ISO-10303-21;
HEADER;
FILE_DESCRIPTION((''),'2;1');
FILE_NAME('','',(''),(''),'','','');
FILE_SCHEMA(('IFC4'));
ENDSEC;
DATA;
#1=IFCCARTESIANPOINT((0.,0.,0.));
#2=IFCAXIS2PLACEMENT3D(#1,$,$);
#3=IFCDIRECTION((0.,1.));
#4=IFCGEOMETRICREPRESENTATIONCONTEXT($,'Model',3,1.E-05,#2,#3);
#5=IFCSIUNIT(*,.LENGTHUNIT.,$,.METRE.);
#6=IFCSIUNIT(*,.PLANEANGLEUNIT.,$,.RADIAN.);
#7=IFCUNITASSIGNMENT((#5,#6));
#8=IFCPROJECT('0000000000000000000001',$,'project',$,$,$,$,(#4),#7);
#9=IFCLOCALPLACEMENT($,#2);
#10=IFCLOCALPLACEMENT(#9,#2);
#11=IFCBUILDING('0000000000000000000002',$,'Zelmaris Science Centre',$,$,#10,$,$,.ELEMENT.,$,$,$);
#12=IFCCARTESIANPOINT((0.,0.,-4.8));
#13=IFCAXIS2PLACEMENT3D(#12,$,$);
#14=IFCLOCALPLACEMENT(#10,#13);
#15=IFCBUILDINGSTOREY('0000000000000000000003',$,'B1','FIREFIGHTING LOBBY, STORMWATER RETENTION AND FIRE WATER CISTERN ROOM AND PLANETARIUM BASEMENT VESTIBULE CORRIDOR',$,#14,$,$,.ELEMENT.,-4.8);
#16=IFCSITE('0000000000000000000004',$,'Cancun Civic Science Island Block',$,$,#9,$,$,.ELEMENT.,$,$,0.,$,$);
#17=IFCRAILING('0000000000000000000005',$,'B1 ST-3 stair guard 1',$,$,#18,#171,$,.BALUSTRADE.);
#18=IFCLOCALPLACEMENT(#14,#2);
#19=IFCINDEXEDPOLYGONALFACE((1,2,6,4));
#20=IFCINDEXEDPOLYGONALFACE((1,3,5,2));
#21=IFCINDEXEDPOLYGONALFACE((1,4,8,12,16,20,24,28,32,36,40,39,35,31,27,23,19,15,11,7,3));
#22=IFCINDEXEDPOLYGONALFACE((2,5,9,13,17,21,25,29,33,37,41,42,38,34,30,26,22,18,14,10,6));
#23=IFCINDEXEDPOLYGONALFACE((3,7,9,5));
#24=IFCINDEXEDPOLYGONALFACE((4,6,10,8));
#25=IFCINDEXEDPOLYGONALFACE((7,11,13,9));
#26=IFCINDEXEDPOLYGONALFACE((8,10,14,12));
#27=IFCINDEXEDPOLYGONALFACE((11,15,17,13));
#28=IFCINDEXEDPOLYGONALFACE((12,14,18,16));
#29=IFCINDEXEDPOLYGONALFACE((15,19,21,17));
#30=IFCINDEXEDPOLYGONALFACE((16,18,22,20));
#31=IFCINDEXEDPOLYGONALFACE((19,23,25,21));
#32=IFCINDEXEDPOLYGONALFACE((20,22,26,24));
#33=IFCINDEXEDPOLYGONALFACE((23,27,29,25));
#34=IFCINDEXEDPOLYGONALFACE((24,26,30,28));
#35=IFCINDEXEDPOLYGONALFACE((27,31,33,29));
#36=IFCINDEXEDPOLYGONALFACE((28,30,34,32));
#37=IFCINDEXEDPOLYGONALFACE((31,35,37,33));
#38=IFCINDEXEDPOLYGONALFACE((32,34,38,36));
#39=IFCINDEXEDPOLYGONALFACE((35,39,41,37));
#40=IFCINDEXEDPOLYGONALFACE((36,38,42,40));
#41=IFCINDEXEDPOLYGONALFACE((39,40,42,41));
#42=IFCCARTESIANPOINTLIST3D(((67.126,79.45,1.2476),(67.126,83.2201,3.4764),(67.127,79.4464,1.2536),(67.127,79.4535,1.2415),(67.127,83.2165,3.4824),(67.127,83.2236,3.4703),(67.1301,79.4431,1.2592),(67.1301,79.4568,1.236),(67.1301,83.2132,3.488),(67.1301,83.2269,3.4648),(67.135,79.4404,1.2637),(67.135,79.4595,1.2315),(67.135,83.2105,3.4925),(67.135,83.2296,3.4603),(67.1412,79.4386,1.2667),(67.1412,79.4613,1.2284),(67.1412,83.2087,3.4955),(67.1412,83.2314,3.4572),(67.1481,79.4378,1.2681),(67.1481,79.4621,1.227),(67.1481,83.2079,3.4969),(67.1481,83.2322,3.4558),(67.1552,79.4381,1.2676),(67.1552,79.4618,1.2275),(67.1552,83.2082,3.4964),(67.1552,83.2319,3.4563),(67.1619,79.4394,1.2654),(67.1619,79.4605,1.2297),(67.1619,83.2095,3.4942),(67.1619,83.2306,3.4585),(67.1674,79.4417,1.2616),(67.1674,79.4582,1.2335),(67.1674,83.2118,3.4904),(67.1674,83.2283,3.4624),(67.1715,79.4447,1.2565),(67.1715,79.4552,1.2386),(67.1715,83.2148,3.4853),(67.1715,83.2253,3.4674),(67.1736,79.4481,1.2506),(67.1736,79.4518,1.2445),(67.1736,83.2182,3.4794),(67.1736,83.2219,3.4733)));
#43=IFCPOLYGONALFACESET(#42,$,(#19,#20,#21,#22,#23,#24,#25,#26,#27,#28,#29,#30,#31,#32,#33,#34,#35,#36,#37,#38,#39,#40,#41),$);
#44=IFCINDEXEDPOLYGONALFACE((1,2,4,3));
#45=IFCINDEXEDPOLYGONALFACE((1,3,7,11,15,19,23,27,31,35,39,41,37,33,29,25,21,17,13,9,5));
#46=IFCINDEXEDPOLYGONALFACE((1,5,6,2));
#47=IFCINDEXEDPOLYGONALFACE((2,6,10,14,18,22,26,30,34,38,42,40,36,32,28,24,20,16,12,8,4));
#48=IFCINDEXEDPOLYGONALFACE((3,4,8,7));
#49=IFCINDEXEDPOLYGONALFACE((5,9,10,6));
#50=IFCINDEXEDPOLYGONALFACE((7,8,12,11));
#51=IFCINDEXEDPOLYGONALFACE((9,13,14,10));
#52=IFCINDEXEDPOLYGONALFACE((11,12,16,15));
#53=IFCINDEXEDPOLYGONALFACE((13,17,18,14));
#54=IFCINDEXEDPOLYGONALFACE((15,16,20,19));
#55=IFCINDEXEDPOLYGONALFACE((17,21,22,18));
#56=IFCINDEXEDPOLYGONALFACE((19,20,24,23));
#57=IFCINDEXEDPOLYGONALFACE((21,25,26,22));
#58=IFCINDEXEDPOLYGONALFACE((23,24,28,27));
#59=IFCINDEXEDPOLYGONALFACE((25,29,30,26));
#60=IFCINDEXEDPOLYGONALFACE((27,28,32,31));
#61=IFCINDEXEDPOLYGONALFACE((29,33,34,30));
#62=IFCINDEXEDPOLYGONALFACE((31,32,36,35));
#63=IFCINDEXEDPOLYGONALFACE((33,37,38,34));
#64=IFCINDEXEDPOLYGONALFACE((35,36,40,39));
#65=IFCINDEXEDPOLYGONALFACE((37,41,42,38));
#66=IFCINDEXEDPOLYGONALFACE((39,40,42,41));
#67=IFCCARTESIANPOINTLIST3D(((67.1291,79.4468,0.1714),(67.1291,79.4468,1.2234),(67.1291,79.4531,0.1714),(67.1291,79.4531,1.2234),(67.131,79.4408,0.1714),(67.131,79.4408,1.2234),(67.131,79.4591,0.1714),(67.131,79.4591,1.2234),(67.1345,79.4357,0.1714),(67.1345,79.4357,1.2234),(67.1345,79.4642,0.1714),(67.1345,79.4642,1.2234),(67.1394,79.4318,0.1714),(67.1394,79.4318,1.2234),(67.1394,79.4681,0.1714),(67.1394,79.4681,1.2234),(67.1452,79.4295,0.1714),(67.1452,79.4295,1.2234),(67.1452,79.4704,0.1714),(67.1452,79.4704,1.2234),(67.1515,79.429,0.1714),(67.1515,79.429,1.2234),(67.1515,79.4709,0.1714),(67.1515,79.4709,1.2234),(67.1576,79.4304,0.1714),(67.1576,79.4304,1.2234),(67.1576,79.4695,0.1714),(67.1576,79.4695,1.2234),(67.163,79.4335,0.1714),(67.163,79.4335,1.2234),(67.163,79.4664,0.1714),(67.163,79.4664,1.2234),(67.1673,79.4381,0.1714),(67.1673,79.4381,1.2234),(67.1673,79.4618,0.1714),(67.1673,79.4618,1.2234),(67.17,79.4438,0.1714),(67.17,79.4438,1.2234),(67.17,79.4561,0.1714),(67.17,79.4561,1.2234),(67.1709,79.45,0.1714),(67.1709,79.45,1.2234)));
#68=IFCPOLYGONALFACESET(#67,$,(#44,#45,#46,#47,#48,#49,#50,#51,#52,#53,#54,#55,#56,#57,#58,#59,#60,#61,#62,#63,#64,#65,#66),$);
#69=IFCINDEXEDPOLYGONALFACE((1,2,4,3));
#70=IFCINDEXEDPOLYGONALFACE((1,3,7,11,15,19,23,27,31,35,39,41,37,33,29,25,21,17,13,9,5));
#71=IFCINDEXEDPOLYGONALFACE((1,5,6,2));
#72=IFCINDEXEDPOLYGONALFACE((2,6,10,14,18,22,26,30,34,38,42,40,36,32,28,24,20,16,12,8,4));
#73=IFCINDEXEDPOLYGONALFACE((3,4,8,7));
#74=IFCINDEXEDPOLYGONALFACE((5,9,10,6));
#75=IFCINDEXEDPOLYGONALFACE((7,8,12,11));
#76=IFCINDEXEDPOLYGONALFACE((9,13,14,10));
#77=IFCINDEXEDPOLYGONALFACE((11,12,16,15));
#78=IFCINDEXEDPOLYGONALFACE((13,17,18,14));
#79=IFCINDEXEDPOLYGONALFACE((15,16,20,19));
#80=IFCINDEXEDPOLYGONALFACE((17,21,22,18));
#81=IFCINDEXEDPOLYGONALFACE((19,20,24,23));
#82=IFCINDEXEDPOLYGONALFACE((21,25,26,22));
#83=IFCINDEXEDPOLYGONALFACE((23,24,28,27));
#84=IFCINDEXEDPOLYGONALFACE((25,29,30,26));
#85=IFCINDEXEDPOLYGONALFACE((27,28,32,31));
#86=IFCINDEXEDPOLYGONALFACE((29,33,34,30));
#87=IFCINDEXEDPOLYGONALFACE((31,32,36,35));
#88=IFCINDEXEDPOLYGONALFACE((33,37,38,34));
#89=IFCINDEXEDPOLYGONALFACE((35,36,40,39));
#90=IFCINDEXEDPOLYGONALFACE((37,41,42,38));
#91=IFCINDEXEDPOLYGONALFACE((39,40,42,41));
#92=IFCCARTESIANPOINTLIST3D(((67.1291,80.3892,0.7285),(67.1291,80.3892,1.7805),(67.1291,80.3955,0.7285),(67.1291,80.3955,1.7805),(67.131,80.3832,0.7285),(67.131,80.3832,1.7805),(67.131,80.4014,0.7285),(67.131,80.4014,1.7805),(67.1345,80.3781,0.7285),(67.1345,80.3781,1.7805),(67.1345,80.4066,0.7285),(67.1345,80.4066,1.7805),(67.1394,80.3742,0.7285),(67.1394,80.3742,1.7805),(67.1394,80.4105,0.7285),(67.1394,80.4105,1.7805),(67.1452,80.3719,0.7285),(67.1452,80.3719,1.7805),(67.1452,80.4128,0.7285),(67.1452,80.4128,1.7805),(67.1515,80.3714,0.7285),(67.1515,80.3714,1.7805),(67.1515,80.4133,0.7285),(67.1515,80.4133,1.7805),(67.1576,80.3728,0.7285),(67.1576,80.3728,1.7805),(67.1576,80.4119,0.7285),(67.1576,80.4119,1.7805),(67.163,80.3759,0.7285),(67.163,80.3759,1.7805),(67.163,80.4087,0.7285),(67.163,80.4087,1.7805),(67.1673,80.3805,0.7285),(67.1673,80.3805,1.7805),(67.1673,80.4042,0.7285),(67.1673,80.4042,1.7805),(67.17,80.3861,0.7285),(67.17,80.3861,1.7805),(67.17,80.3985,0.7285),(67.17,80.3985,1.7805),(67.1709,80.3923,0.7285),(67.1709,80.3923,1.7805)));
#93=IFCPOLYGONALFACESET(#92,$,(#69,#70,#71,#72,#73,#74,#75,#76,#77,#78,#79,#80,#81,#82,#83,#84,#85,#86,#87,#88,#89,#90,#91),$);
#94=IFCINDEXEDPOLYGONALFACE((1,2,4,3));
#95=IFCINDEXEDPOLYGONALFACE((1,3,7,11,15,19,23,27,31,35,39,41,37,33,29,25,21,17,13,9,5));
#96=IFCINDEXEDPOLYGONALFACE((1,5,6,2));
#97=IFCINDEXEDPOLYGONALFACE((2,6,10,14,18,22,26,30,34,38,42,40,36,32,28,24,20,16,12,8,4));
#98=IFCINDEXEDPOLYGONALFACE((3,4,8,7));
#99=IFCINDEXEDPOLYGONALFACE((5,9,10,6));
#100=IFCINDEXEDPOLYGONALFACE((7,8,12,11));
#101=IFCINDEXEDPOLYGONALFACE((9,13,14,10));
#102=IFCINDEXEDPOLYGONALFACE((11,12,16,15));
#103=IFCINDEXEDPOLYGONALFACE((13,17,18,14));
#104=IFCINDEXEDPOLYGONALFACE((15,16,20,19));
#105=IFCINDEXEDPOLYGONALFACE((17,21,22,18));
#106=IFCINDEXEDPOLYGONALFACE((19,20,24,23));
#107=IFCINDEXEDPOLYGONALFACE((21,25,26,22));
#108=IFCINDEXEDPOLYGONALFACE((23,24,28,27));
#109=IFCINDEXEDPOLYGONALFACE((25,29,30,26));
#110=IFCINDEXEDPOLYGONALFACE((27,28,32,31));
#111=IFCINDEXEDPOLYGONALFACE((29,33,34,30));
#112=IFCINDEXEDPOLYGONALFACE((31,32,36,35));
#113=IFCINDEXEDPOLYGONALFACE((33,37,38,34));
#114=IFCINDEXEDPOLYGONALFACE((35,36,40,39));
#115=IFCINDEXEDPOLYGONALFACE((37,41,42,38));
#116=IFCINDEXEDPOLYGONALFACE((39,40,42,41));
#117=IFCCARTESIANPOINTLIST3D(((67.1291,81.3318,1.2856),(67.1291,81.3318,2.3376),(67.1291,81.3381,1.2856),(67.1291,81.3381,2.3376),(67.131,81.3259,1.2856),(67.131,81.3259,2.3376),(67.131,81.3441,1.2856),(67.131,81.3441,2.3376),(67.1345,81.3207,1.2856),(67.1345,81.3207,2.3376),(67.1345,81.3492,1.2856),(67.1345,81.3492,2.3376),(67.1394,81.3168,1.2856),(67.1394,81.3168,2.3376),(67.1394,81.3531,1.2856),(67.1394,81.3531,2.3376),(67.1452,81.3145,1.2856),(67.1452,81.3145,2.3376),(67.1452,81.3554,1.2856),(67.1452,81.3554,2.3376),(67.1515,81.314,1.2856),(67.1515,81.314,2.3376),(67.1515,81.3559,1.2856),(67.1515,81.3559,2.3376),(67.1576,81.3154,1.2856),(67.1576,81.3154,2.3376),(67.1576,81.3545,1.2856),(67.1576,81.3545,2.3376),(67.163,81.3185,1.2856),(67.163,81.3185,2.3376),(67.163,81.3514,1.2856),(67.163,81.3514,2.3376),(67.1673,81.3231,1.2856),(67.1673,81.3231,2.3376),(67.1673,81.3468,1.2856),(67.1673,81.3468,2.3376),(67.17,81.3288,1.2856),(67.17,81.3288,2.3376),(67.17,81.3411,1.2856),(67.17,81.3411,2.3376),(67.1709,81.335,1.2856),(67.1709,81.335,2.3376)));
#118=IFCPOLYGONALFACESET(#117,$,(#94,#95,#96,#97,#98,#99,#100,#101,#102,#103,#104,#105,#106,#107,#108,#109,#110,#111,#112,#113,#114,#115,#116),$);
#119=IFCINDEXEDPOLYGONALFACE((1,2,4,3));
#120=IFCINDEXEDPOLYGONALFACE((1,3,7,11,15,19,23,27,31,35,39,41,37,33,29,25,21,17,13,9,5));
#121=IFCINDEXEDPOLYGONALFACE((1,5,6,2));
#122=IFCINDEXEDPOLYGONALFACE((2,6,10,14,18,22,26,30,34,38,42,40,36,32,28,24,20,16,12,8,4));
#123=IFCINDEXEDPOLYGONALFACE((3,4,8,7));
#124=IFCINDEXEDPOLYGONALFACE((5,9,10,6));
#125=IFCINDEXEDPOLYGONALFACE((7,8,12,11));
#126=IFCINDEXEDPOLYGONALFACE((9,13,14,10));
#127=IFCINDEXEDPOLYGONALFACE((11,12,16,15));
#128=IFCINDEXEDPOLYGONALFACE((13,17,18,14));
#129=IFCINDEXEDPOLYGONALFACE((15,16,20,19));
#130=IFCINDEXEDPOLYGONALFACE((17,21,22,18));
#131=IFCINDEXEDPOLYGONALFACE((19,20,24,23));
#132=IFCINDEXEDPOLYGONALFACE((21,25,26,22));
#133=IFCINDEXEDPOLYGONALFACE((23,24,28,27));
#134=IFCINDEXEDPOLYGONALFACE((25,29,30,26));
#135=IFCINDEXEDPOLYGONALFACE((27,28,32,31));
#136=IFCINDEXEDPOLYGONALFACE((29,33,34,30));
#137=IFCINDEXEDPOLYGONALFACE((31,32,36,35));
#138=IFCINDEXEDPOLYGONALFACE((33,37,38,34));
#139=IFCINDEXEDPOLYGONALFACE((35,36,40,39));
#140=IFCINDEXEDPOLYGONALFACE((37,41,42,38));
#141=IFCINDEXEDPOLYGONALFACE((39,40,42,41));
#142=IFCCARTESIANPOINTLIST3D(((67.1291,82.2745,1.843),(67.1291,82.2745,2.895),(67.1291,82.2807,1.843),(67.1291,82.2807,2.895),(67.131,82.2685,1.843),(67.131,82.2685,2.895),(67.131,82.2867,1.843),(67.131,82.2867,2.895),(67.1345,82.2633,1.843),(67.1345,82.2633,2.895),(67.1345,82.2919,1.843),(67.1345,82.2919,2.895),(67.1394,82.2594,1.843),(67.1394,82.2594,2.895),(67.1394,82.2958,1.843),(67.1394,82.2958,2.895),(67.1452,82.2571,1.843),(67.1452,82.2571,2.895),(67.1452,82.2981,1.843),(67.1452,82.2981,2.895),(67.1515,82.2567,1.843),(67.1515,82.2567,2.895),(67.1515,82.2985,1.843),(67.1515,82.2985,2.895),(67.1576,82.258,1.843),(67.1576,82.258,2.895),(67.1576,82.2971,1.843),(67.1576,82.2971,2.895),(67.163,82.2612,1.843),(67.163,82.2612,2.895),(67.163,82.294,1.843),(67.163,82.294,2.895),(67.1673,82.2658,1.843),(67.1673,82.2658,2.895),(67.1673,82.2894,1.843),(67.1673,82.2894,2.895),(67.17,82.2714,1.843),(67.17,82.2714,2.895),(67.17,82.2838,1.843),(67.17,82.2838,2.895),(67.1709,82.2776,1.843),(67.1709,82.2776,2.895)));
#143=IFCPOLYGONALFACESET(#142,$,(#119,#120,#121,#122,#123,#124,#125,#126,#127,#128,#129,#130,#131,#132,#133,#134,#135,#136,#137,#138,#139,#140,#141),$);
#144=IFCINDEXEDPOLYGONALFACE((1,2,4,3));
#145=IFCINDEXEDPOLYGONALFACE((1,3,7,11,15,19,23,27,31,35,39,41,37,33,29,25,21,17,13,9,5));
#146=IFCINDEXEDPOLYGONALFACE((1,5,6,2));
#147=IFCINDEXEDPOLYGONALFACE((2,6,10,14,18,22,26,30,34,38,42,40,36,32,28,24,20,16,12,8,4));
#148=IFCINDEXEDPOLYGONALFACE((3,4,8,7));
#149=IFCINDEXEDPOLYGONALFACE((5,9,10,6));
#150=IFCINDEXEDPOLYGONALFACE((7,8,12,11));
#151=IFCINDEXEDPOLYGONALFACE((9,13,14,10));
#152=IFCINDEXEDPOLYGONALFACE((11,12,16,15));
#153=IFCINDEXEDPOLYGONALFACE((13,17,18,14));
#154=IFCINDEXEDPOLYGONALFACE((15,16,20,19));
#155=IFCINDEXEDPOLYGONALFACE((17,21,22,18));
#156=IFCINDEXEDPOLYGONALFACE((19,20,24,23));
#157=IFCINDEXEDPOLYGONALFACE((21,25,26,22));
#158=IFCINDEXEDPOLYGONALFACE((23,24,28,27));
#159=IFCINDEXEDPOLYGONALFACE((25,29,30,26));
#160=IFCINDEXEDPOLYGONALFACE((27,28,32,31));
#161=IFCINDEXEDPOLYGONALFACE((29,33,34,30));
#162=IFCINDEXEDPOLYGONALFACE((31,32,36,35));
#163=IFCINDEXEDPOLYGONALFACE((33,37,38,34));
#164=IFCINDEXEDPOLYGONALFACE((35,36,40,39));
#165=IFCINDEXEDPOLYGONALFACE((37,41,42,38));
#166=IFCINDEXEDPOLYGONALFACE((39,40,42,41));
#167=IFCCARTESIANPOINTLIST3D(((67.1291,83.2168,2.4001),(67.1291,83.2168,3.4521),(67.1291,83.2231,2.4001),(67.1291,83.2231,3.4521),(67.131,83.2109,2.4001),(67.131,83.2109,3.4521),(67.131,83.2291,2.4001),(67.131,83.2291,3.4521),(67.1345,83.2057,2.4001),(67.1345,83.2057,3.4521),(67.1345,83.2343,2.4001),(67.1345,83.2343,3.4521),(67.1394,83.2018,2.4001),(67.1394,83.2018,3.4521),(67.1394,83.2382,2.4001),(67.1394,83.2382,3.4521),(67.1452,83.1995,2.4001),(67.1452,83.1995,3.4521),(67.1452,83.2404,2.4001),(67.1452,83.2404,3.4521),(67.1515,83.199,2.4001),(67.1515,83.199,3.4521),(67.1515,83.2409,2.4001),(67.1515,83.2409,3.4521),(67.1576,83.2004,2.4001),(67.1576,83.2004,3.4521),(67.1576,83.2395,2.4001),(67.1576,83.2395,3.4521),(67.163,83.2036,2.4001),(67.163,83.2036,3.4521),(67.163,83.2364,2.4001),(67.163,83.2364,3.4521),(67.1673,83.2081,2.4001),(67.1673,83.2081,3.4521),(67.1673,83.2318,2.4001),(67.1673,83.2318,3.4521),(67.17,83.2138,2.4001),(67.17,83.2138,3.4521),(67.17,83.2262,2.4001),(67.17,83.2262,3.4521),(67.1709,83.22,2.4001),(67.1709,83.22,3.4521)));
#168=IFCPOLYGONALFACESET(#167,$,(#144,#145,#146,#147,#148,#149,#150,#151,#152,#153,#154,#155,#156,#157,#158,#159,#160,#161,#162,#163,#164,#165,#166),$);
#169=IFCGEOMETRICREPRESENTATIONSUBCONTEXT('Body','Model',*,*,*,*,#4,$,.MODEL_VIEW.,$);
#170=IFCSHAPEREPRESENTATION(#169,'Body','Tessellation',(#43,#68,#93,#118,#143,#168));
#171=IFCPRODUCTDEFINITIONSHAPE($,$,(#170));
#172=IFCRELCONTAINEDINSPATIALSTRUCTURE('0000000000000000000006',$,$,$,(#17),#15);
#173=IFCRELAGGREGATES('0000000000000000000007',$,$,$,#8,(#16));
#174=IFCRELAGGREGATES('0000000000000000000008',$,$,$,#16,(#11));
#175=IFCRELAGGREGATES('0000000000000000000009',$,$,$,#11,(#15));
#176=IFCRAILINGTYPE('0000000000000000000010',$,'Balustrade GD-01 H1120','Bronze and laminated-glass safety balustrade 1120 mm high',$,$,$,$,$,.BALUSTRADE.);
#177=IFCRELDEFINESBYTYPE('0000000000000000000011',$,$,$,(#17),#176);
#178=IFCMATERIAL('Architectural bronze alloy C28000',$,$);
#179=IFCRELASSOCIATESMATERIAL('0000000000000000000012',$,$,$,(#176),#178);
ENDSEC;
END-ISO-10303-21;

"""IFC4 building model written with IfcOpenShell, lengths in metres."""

from ifc_helpers import new_model, si_unit, direction, frame, origin, origin_2d, place, context, subcontext, project, spatial, circle, extrude, material, type_object, element, save


model = new_model("IFC4")

# Units and contexts
model_context = context("Model", 3, precision=1e-05, world=origin(), true_north=direction((0.0, 1.0)))
body_context = subcontext(model_context, "Body", "Model", "MODEL_VIEW")
ifc_project = project(units=[si_unit("LENGTHUNIT", "METRE"), si_unit("PLANEANGLEUNIT", "RADIAN")], contexts=[model_context])

# Site, building, storey
site_placement = place(None, origin())
site = spatial("IfcSite", under=ifc_project, at=site_placement, Name="Cancun Civic Science Island Block", CompositionType="ELEMENT", RefElevation=0.0)
building_placement = place(site_placement, origin())
building = spatial("IfcBuilding", under=site, at=building_placement, Name="Zelmaris Science Centre", CompositionType="ELEMENT")
storey_placement = place(building_placement, frame((0.0, 0.0, -4.8)))
storey = spatial("IfcBuildingStorey", under=building, at=storey_placement, Name="B1", Description="FIREFIGHTING LOBBY, STORMWATER RETENTION AND FIRE WATER CISTERN ROOM AND PLANETARIUM BASEMENT VESTIBULE CORRIDOR", CompositionType="ELEMENT", Elevation=-4.8)

# Railing
ifc_material_1 = material(Name="Architectural bronze alloy C28000")
railing_type_1 = type_object("IfcRailingType", Name="Balustrade GD-01 H1120", Description="Bronze and laminated-glass safety balustrade 1120 mm high", PredefinedType="BALUSTRADE", material=ifc_material_1)
railing_1_placement = place(storey_placement, frame((67.1499, 79.45, 0.1714)))
element("IfcRailing", 1, at=railing_1_placement, inside=storey, type_object=railing_type_1, Name="B1 ST-3 stair guard 1", PredefinedType="BALUSTRADE", context=body_context, shape_type="SweptSolid", body=[
    extrude(circle(Radius=0.0239, at=origin_2d()), frame((0.0, 0.0, 1.0762), z_axis=(0.0, 0.860824, 0.508902), x_axis=(-1.0, 0.0, 0.0)), (0.0, 0.0, 1.0), 4.3796),
    extrude(circle(Radius=0.021, at=origin_2d()), origin(), (0.0, 0.0, 1.0), 1.052),
    extrude(circle(Radius=0.021, at=origin_2d()), frame((0.0, 0.9424, 0.5571)), (0.0, 0.0, 1.0), 1.052),
    extrude(circle(Radius=0.021, at=origin_2d()), frame((0.0, 1.885, 1.1143)), (0.0, 0.0, 1.0), 1.052),
    extrude(circle(Radius=0.021, at=origin_2d()), frame((0.0, 2.8276, 1.6716)), (0.0, 0.0, 1.0), 1.052),
    extrude(circle(Radius=0.021, at=origin_2d()), frame((0.0, 3.77, 2.2288)), (0.0, 0.0, 1.0), 1.052),
])

save(model, "model.ifc")
